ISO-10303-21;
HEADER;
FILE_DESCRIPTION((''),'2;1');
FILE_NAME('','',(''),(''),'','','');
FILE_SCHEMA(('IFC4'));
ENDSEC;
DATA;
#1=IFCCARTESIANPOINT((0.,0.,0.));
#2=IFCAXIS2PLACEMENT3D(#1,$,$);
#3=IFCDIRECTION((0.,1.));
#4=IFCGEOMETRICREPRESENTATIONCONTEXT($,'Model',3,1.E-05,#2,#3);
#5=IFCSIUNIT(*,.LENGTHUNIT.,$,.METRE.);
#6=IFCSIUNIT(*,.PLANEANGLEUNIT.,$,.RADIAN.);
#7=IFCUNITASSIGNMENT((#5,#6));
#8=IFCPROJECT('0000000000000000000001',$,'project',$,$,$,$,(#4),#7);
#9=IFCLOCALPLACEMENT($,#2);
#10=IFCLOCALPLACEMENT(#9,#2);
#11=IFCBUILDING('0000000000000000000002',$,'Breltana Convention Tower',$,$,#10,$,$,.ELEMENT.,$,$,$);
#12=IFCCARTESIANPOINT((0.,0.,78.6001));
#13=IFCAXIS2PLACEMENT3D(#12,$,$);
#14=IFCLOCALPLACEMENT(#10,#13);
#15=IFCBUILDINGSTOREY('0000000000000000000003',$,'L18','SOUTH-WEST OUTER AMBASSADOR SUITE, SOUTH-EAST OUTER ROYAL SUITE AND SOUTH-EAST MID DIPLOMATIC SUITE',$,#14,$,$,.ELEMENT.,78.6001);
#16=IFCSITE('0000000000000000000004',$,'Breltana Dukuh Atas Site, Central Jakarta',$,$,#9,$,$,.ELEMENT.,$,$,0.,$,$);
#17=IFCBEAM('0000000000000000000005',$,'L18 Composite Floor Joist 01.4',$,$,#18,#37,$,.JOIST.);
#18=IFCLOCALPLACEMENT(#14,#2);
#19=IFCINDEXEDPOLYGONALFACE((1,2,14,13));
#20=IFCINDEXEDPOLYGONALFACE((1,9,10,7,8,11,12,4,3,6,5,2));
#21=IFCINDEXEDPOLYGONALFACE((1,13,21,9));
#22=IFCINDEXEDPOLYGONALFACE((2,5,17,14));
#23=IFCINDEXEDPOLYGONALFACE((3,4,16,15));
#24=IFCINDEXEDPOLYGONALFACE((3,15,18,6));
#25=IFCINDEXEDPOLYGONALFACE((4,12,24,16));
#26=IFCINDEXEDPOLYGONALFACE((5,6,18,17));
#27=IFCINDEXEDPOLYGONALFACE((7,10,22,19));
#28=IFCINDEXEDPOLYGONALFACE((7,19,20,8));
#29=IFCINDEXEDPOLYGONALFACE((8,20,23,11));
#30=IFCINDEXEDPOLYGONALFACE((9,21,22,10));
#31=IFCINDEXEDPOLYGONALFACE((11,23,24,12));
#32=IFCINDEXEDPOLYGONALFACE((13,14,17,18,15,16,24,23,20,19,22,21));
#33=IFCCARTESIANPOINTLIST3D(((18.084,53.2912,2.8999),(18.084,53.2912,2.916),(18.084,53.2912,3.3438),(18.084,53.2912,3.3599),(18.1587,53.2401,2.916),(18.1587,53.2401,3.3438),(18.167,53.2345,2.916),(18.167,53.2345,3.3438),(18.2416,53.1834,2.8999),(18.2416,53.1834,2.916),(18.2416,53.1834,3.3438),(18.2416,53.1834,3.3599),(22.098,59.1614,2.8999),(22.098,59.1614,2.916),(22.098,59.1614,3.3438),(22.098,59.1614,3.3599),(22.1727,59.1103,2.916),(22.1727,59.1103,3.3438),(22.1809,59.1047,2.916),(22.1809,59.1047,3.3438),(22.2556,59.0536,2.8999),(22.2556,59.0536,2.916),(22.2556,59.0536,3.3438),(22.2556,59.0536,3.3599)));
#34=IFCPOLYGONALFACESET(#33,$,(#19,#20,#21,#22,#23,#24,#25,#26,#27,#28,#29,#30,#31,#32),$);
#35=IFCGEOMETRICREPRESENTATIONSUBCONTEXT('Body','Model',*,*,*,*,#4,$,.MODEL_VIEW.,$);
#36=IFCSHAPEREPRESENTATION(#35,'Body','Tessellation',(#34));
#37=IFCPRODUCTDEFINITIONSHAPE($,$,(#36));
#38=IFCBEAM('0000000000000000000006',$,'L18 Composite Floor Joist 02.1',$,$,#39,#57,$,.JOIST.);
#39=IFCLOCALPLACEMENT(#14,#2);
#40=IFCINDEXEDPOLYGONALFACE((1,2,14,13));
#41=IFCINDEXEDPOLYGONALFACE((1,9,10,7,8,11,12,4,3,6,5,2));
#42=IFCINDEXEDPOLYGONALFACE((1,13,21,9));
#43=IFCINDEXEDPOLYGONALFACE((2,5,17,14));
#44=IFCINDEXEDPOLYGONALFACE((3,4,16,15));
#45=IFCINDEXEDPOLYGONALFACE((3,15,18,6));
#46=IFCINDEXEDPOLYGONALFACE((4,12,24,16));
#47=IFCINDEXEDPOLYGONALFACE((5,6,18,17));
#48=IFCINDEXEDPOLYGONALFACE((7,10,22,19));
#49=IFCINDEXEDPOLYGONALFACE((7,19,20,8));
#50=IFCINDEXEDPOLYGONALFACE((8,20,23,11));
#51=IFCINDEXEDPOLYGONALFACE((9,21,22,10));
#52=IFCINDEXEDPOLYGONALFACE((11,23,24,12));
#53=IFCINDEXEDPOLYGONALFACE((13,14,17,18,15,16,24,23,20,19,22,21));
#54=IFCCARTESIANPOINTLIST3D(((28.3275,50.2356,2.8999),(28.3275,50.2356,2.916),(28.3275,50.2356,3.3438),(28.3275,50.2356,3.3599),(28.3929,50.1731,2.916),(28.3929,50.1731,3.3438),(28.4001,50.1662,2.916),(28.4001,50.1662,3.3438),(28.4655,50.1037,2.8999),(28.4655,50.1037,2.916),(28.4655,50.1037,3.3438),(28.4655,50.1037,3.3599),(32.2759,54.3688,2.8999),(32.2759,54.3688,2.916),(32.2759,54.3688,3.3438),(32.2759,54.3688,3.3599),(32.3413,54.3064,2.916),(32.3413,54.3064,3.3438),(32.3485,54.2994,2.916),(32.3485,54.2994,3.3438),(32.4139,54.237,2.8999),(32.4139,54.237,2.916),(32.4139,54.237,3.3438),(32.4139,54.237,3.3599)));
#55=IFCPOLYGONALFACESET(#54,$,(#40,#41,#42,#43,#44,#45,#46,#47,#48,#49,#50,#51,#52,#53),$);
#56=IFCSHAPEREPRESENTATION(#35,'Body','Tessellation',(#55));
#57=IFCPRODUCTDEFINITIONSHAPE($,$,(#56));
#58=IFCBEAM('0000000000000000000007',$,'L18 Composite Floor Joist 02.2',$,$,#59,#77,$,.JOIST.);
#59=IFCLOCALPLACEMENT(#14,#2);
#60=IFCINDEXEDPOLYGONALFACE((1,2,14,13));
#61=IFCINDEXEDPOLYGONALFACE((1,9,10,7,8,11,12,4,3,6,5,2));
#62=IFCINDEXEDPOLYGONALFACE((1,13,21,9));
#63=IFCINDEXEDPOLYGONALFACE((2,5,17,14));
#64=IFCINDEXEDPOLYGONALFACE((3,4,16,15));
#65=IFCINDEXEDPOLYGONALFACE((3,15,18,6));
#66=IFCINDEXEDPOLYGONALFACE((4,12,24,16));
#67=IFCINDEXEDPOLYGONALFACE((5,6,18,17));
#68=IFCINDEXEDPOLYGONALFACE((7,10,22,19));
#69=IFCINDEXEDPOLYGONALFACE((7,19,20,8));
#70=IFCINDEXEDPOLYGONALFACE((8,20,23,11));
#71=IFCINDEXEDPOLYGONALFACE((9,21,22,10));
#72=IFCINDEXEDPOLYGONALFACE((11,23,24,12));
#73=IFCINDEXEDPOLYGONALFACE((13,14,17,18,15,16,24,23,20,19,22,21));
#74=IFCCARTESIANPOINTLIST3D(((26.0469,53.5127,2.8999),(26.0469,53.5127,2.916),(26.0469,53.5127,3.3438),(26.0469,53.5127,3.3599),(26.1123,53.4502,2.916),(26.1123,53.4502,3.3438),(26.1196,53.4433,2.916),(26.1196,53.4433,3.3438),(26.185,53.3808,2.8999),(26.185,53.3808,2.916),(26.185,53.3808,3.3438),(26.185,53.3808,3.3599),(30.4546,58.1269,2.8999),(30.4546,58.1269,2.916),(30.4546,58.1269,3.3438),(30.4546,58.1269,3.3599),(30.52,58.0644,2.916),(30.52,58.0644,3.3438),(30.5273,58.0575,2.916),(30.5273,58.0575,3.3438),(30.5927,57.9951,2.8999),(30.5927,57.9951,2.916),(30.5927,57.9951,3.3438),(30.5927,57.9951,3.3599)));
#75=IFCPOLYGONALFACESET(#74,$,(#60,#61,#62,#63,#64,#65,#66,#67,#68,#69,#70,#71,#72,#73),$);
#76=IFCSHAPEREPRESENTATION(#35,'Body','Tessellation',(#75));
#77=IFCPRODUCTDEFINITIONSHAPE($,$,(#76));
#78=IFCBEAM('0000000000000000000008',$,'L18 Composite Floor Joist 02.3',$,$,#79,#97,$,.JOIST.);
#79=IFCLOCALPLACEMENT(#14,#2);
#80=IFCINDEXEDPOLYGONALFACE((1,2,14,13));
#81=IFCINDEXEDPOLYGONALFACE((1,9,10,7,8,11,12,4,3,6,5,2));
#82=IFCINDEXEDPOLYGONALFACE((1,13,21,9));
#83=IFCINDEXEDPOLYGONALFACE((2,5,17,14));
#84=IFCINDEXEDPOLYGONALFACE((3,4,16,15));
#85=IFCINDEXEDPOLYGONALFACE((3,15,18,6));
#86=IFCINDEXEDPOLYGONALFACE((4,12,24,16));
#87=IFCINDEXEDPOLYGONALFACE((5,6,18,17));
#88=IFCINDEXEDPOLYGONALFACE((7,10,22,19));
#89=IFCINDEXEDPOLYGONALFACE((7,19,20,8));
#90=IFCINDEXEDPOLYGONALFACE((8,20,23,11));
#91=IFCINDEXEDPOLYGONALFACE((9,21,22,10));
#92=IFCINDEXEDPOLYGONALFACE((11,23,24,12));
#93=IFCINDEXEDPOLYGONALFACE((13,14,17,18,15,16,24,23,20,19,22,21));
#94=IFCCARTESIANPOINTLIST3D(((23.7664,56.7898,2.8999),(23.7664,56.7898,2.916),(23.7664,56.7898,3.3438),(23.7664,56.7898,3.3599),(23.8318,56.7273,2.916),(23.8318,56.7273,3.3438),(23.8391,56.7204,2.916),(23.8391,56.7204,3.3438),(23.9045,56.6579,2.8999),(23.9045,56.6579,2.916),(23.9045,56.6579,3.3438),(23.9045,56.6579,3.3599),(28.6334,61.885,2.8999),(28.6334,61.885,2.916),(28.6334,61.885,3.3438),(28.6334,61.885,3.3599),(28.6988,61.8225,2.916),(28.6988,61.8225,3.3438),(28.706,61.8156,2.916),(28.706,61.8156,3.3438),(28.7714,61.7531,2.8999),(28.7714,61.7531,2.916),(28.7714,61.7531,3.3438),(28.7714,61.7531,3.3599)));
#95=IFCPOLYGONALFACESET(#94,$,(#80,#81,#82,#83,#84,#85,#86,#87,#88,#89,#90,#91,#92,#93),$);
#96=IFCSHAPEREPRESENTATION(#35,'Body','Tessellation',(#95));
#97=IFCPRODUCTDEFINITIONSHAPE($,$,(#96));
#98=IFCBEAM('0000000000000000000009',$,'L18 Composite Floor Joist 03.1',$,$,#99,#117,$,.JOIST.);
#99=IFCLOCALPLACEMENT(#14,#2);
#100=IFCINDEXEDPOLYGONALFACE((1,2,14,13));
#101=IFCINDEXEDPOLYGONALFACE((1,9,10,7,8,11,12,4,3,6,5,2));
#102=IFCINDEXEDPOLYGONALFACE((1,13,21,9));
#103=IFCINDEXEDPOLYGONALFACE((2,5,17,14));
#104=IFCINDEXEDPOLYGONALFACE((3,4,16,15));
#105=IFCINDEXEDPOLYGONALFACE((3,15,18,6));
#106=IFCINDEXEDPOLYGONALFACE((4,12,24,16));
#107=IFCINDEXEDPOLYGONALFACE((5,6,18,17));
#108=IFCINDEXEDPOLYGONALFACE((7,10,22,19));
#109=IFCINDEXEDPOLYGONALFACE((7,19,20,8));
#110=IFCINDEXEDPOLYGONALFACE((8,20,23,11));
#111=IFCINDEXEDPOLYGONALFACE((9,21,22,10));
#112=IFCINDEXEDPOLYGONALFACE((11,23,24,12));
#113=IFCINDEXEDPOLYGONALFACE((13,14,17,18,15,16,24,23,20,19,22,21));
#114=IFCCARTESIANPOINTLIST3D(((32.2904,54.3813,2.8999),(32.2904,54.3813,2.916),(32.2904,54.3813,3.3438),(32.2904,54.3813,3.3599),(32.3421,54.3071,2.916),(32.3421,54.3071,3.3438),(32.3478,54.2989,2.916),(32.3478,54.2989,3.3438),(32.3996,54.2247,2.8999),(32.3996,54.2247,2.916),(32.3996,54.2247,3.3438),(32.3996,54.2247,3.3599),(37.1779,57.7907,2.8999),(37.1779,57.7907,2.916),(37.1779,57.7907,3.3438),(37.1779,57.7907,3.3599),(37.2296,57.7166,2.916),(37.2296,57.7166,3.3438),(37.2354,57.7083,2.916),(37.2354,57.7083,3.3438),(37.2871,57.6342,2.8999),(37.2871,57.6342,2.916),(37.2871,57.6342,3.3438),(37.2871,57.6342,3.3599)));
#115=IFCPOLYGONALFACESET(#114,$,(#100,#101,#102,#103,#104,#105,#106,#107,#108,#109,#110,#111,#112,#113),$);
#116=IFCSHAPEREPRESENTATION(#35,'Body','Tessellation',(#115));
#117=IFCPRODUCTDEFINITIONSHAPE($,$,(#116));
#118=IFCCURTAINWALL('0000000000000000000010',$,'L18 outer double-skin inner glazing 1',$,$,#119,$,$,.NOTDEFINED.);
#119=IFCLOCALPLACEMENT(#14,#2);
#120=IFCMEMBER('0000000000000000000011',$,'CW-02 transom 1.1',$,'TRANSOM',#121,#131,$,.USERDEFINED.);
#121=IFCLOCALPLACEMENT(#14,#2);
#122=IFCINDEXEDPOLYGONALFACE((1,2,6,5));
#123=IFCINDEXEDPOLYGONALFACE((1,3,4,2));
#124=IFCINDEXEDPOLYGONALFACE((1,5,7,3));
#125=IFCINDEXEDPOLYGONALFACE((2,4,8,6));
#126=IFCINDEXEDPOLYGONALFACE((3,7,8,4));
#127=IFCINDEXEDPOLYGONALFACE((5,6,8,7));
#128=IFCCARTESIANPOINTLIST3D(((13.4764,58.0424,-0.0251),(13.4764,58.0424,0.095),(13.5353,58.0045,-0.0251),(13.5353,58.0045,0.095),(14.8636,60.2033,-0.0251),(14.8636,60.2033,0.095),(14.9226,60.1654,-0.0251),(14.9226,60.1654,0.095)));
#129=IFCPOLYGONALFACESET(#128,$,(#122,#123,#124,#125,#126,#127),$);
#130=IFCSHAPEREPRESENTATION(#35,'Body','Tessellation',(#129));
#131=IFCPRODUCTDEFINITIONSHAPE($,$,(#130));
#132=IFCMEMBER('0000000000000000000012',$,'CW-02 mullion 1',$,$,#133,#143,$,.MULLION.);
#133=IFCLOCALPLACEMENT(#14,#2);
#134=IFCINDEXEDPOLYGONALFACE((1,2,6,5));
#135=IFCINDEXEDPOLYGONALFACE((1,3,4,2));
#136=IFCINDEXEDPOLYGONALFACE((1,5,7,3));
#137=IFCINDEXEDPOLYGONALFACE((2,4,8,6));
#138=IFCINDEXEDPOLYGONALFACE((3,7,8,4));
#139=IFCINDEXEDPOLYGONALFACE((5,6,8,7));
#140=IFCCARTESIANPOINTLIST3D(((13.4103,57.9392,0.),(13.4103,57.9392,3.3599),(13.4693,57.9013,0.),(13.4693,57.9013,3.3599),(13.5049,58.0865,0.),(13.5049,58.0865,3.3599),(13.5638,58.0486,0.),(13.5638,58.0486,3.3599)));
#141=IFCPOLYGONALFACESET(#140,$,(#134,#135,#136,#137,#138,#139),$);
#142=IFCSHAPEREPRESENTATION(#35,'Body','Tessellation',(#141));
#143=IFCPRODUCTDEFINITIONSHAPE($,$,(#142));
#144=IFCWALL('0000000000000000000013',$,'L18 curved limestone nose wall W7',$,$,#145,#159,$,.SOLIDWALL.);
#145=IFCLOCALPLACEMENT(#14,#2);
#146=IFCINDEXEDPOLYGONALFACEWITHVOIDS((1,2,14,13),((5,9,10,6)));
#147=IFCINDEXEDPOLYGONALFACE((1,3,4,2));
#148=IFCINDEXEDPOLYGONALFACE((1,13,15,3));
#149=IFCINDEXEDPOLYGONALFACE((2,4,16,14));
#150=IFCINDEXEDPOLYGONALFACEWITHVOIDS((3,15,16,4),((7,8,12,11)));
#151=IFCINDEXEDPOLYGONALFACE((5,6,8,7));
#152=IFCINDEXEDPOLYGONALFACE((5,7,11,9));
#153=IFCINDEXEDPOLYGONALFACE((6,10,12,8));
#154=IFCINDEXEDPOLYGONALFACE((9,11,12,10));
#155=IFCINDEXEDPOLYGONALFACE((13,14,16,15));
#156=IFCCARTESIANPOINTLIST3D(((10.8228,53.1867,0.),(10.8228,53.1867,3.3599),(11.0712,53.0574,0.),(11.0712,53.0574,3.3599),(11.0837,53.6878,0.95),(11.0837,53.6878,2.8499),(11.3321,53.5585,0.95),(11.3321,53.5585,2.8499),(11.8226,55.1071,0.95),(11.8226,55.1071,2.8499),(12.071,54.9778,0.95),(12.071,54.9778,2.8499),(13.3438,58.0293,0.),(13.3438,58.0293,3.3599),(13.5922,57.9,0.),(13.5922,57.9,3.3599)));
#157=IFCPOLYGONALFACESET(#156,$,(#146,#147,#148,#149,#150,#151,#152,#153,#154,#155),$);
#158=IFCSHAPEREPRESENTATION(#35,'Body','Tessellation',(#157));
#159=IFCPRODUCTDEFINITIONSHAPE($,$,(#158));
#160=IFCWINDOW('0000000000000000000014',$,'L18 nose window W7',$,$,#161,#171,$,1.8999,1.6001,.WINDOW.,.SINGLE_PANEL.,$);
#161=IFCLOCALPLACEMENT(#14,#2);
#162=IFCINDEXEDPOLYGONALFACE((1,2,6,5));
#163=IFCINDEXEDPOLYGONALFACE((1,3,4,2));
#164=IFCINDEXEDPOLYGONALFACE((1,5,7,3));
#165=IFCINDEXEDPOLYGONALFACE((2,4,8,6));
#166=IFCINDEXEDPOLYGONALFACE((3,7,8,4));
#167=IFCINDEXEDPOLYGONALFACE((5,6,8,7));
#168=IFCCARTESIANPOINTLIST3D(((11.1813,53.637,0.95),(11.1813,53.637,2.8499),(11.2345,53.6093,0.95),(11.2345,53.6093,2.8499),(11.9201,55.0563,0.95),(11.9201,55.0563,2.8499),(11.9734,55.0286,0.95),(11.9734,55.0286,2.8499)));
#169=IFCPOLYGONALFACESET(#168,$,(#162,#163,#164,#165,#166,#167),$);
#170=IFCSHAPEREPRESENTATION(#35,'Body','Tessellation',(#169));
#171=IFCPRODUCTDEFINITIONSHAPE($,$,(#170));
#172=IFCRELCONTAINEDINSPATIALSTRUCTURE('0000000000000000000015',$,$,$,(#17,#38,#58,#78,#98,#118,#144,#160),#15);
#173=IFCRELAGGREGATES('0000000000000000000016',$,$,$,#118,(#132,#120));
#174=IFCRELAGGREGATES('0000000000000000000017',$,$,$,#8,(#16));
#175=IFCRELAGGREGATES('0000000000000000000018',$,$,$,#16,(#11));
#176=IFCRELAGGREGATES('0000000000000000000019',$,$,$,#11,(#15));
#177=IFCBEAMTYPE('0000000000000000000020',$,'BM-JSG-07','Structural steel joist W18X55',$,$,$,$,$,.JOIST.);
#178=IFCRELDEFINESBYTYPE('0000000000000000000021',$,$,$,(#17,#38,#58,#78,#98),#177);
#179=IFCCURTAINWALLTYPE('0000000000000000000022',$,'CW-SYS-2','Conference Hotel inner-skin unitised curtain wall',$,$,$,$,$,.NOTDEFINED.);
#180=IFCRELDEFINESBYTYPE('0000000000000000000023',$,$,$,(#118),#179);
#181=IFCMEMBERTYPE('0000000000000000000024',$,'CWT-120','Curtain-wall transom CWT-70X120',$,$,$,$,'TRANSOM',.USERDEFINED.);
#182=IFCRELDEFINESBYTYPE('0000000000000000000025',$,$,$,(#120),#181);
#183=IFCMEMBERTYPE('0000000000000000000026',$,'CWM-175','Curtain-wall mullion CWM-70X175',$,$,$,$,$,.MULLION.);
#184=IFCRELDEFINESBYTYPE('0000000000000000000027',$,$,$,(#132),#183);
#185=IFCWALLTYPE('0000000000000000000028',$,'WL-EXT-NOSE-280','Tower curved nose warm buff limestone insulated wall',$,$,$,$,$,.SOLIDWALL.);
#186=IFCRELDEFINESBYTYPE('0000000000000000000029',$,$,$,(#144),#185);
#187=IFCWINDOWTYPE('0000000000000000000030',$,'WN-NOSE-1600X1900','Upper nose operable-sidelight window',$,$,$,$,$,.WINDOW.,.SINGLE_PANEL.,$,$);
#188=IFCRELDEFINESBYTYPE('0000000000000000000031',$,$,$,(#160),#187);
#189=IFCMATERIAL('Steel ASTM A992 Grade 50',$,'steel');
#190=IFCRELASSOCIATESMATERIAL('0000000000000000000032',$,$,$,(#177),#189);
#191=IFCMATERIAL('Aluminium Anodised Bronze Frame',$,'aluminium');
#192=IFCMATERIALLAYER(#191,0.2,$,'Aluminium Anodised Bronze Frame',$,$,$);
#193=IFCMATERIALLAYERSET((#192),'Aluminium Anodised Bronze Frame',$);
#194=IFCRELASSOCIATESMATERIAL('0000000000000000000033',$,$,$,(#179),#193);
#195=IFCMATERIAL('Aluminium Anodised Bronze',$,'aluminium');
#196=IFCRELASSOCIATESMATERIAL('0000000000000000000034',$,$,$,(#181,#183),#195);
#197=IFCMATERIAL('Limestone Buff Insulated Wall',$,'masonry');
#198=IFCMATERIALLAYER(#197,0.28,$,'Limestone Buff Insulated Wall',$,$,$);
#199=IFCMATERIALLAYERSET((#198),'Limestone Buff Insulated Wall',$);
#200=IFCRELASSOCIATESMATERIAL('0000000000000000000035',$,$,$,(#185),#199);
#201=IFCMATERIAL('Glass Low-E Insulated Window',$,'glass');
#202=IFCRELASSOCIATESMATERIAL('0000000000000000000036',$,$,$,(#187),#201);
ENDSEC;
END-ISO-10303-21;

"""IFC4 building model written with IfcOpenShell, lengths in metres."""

from ifc_helpers import new_model, si_unit, direction, frame, frame_2d, origin, origin_2d, place, context, subcontext, project, spatial, rectangle, i_section, extrude, source, transform, mapped, material, layer, layer_set, material_profile, profile_set, type_object, type_shapes, element, fill, aggregate, save


model = new_model("IFC4")

# Units and contexts
model_context = context("Model", 3, precision=1e-05, world=origin(), true_north=direction((0.0, 1.0)))
body_context = subcontext(model_context, "Body", "Model", "MODEL_VIEW")
ifc_project = project(units=[si_unit("LENGTHUNIT", "METRE"), si_unit("PLANEANGLEUNIT", "RADIAN")], contexts=[model_context])

# Site, building, storey
site_placement = place(None, origin())
site = spatial("IfcSite", under=ifc_project, at=site_placement, Name="Breltana Dukuh Atas Site, Central Jakarta", CompositionType="ELEMENT", RefElevation=0.0)
building_placement = place(site_placement, origin())
building = spatial("IfcBuilding", under=site, at=building_placement, Name="Breltana Convention Tower", CompositionType="ELEMENT")
storey_placement = place(building_placement, frame((0.0, 0.0, 78.6001)))
storey = spatial("IfcBuildingStorey", under=building, at=storey_placement, Name="L18", Description="SOUTH-WEST OUTER AMBASSADOR SUITE, SOUTH-EAST OUTER ROYAL SUITE AND SOUTH-EAST MID DIPLOMATIC SUITE", CompositionType="ELEMENT", Elevation=78.6001)

# Beams
ifc_material_1 = material(Name="Steel ASTM A992 Grade 50", Category="steel")
ifc_material_profile_1 = material_profile(ifc_material_1, i_section(OverallWidth=0.1909, OverallDepth=0.46, WebThickness=0.01, FlangeThickness=0.0161, at=origin_2d()), Name="W18X55")
ifc_profile_set_1 = profile_set([ifc_material_profile_1], Name="Steel ASTM A992 Grade 50")
beam_type_1 = type_object("IfcBeamType", Name="BM-JSG-07", Description="Structural steel joist W18X55", PredefinedType="JOIST", material=ifc_profile_set_1)
shared_shape_1 = source(origin(), body_context, "Body", "SweptSolid", [
    extrude(i_section(OverallWidth=0.1909, OverallDepth=0.46, WebThickness=0.01, FlangeThickness=0.0161, at=origin_2d()), origin(), (0.0, 0.0, 1.0), 7.1113),
])
beam_1_placement = place(storey_placement, frame((18.1628, 53.2373, 3.1299), z_axis=(0.564446, 0.82547, 0.0), x_axis=(-0.82547, 0.564446, 0.0)))
element("IfcBeam", 1, at=beam_1_placement, inside=storey, type_object=beam_type_1, Name="L18 Composite Floor Joist 01.4", PredefinedType="JOIST", context=body_context, shape_type="MappedRepresentation", body=[
    mapped(shared_shape_1, transform((0.0, 0.0, 0.0), scale=1.0)),
])
shared_shape_2 = source(origin(), body_context, "Body", "SweptSolid", [
    extrude(i_section(OverallWidth=0.1909, OverallDepth=0.46, WebThickness=0.01, FlangeThickness=0.0161, at=origin_2d()), origin(), (0.0, 0.0, 1.0), 5.7161),
])
beam_2_placement = place(storey_placement, frame((28.3965, 50.1697, 3.1299), z_axis=(0.690756, 0.723088, 0.0), x_axis=(-0.723088, 0.690756, 0.0)))
element("IfcBeam", 2, at=beam_2_placement, inside=storey, type_object=beam_type_1, Name="L18 Composite Floor Joist 02.1", PredefinedType="JOIST", context=body_context, shape_type="MappedRepresentation", body=[
    mapped(shared_shape_2, transform((0.0, 0.0, 0.0), scale=1.0)),
])
shared_shape_3 = source(origin(), body_context, "Body", "SweptSolid", [
    extrude(i_section(OverallWidth=0.1909, OverallDepth=0.46, WebThickness=0.01, FlangeThickness=0.0161, at=origin_2d()), origin(), (0.0, 0.0, 1.0), 6.3811),
])
beam_3_placement = place(storey_placement, frame((26.116, 53.4468, 3.1299), z_axis=(0.690738, 0.723105, 0.0), x_axis=(-0.723105, 0.690738, 0.0)))
element("IfcBeam", 3, at=beam_3_placement, inside=storey, type_object=beam_type_1, Name="L18 Composite Floor Joist 02.2", PredefinedType="JOIST", context=body_context, shape_type="MappedRepresentation", body=[
    mapped(shared_shape_3, transform((0.0, 0.0, 0.0), scale=1.0)),
])
shared_shape_4 = source(origin(), body_context, "Body", "SweptSolid", [
    extrude(i_section(OverallWidth=0.1909, OverallDepth=0.46, WebThickness=0.01, FlangeThickness=0.0161, at=origin_2d()), origin(), (0.0, 0.0, 1.0), 7.0461),
])
beam_4_placement = place(storey_placement, frame((23.8354, 56.7239, 3.1299), z_axis=(0.690723, 0.72312, 0.0), x_axis=(-0.72312, 0.690723, 0.0)))
element("IfcBeam", 4, at=beam_4_placement, inside=storey, type_object=beam_type_1, Name="L18 Composite Floor Joist 02.3", PredefinedType="JOIST", context=body_context, shape_type="MappedRepresentation", body=[
    mapped(shared_shape_4, transform((0.0, 0.0, 0.0), scale=1.0)),
])
shared_shape_5 = source(origin(), body_context, "Body", "SweptSolid", [
    extrude(i_section(OverallWidth=0.1909, OverallDepth=0.46, WebThickness=0.01, FlangeThickness=0.0161, at=origin_2d()), origin(), (0.0, 0.0, 1.0), 5.9592),
])
beam_5_placement = place(storey_placement, frame((32.345, 54.303, 3.1299), z_axis=(0.82016, 0.572134, 0.0), x_axis=(-0.572134, 0.82016, 0.0)))
element("IfcBeam", 5, at=beam_5_placement, inside=storey, type_object=beam_type_1, Name="L18 Composite Floor Joist 03.1", PredefinedType="JOIST", context=body_context, shape_type="MappedRepresentation", body=[
    mapped(shared_shape_5, transform((0.0, 0.0, 0.0), scale=1.0)),
])

# Curtain wall, members
ifc_material_2 = material(Name="Aluminium Anodised Bronze Frame", Category="aluminium")
ifc_layer_1 = layer(ifc_material_2, 0.2, Name="Aluminium Anodised Bronze Frame")
ifc_layer_set_1 = layer_set([ifc_layer_1], Name="Aluminium Anodised Bronze Frame")
curtain_wall_type = type_object("IfcCurtainWallType", Name="CW-SYS-2", Description="Conference Hotel inner-skin unitised curtain wall", PredefinedType="NOTDEFINED", material=ifc_layer_set_1)
curtain_wall_placement = place(storey_placement, origin())
curtain_wall = element("IfcCurtainWall", 6, at=curtain_wall_placement, inside=storey, type_object=curtain_wall_type, Name="L18 outer double-skin inner glazing 1", PredefinedType="NOTDEFINED")
ifc_material_3 = material(Name="Aluminium Anodised Bronze", Category="aluminium")
ifc_material_profile_2 = material_profile(ifc_material_3, rectangle(XDim=0.0701, YDim=0.1201, at=origin_2d()), Name="CWT-70X120")
ifc_profile_set_2 = profile_set([ifc_material_profile_2], Name="Aluminium Anodised Bronze")
member_type_1 = type_object("IfcMemberType", Name="CWT-120", Description="Curtain-wall transom CWT-70X120", ElementType="TRANSOM", PredefinedType="USERDEFINED", material=ifc_profile_set_2)
shared_shape_6 = source(origin(), body_context, "Body", "SweptSolid", [
    extrude(rectangle(XDim=0.0701, YDim=0.1201, at=origin_2d()), origin(), (0.0, 0.0, 1.0), 2.5679),
])
type_shapes(member_type_1, [shared_shape_6])
member_1_placement = place(storey_placement, frame((13.5059, 58.0234, 0.0349), z_axis=(0.540224, 0.841521, 0.0), x_axis=(-0.841521, 0.540224, 0.0)))
member_1 = element("IfcMember", 7, at=member_1_placement, type_object=member_type_1, Name="CW-02 transom 1.1", ObjectType="TRANSOM", PredefinedType="USERDEFINED", context=body_context, shape_type="MappedRepresentation", body=[
    mapped(shared_shape_6, transform((0.0, 0.0, 0.0), scale=1.0)),
])
ifc_material_profile_3 = material_profile(ifc_material_3, rectangle(XDim=0.0701, YDim=0.175, at=origin_2d()), Name="CWM-70X175")
ifc_profile_set_3 = profile_set([ifc_material_profile_3], Name="Aluminium Anodised Bronze")
member_type_2 = type_object("IfcMemberType", Name="CWM-175", Description="Curtain-wall mullion CWM-70X175", PredefinedType="MULLION", material=ifc_profile_set_3)
shared_shape_7 = source(origin(), body_context, "Body", "SweptSolid", [
    extrude(rectangle(XDim=0.0701, YDim=0.175, at=origin_2d()), origin(), (0.0, 0.0, 1.0), 3.3599),
])
member_2_placement = place(storey_placement, frame((13.4871, 57.9939, 0.0), z_axis=(0.0, 0.0, 1.0), x_axis=(-0.841549, 0.540181, 0.0)))
member_2 = element("IfcMember", 8, at=member_2_placement, type_object=member_type_2, Name="CW-02 mullion 1", PredefinedType="MULLION", context=body_context, shape_type="MappedRepresentation", body=[
    mapped(shared_shape_7, transform((0.0, 0.0, 0.0), scale=1.0)),
])
aggregate(curtain_wall, [member_2, member_1])

# Wall, opening, window
ifc_material_4 = material(Name="Limestone Buff Insulated Wall", Category="masonry")
ifc_layer_2 = layer(ifc_material_4, 0.28, Name="Limestone Buff Insulated Wall")
ifc_layer_set_2 = layer_set([ifc_layer_2], Name="Limestone Buff Insulated Wall")
wall_type_1 = type_object("IfcWallType", Name="WL-EXT-NOSE-280", Description="Tower curved nose warm buff limestone insulated wall", PredefinedType="SOLIDWALL", material=ifc_layer_set_2)
shared_shape_8 = source(origin(), body_context, "Body", "SweptSolid", [
    extrude(rectangle(XDim=5.4595, YDim=0.28, at=frame_2d((2.7297, 0.0))), origin(), (0.0, 0.0, 1.0), 3.3599),
])
wall_1_placement = place(storey_placement, frame((10.947, 53.1221, 0.0), z_axis=(0.0, 0.0, 1.0), x_axis=(0.461768, 0.887001, 0.0)))
wall_1 = element("IfcWall", 9, at=wall_1_placement, inside=storey, type_object=wall_type_1, Name="L18 curved limestone nose wall W7", PredefinedType="SOLIDWALL", context=body_context, shape_type="MappedRepresentation", body=[
    mapped(shared_shape_8, transform((0.0, 0.0, 0.0), scale=1.0)),
])
opening_1_placement = place(wall_1_placement, frame((0.5649, 0.0, 0.95)))
opening_1 = element("IfcOpeningElement", 10, at=opening_1_placement, cuts=wall_1, PredefinedType="OPENING", context=body_context, shape_type="SweptSolid", body=[
    extrude(rectangle(XDim=1.6001, YDim=1.8999, at=frame_2d((0.8, 0.95))), frame((0.0, 0.1499, 0.0), z_axis=(0.0, -1.0, 0.0), x_axis=(1.0, 0.0, 0.0)), (0.0, 0.0, 1.0), 0.3),
])
ifc_material_5 = material(Name="Glass Low-E Insulated Window", Category="glass")
window_type = type_object("IfcWindowType", Name="WN-NOSE-1600X1900", Description="Upper nose operable-sidelight window", PartitioningType="SINGLE_PANEL", PredefinedType="WINDOW", material=ifc_material_5)
shared_shape_9 = source(origin(), body_context, "Body", "SweptSolid", [
    extrude(rectangle(XDim=1.6001, YDim=1.8999, at=frame_2d((0.8, 0.95))), frame((0.0, 0.03, 0.0), z_axis=(0.0, -1.0, 0.0), x_axis=(1.0, 0.0, 0.0)), (0.0, 0.0, 1.0), 0.0601),
])
type_shapes(window_type, [shared_shape_9])
window_placement = place(opening_1_placement, origin())
window = element("IfcWindow", 11, at=window_placement, inside=storey, type_object=window_type, Name="L18 nose window W7", OverallHeight=1.8999, OverallWidth=1.6001, PartitioningType="SINGLE_PANEL", PredefinedType="WINDOW", context=body_context, shape_type="MappedRepresentation", body=[
    mapped(shared_shape_9, transform((0.0, 0.0, 0.0), scale=1.0)),
])
fill(opening_1, window)

save(model, "model.ifc")
